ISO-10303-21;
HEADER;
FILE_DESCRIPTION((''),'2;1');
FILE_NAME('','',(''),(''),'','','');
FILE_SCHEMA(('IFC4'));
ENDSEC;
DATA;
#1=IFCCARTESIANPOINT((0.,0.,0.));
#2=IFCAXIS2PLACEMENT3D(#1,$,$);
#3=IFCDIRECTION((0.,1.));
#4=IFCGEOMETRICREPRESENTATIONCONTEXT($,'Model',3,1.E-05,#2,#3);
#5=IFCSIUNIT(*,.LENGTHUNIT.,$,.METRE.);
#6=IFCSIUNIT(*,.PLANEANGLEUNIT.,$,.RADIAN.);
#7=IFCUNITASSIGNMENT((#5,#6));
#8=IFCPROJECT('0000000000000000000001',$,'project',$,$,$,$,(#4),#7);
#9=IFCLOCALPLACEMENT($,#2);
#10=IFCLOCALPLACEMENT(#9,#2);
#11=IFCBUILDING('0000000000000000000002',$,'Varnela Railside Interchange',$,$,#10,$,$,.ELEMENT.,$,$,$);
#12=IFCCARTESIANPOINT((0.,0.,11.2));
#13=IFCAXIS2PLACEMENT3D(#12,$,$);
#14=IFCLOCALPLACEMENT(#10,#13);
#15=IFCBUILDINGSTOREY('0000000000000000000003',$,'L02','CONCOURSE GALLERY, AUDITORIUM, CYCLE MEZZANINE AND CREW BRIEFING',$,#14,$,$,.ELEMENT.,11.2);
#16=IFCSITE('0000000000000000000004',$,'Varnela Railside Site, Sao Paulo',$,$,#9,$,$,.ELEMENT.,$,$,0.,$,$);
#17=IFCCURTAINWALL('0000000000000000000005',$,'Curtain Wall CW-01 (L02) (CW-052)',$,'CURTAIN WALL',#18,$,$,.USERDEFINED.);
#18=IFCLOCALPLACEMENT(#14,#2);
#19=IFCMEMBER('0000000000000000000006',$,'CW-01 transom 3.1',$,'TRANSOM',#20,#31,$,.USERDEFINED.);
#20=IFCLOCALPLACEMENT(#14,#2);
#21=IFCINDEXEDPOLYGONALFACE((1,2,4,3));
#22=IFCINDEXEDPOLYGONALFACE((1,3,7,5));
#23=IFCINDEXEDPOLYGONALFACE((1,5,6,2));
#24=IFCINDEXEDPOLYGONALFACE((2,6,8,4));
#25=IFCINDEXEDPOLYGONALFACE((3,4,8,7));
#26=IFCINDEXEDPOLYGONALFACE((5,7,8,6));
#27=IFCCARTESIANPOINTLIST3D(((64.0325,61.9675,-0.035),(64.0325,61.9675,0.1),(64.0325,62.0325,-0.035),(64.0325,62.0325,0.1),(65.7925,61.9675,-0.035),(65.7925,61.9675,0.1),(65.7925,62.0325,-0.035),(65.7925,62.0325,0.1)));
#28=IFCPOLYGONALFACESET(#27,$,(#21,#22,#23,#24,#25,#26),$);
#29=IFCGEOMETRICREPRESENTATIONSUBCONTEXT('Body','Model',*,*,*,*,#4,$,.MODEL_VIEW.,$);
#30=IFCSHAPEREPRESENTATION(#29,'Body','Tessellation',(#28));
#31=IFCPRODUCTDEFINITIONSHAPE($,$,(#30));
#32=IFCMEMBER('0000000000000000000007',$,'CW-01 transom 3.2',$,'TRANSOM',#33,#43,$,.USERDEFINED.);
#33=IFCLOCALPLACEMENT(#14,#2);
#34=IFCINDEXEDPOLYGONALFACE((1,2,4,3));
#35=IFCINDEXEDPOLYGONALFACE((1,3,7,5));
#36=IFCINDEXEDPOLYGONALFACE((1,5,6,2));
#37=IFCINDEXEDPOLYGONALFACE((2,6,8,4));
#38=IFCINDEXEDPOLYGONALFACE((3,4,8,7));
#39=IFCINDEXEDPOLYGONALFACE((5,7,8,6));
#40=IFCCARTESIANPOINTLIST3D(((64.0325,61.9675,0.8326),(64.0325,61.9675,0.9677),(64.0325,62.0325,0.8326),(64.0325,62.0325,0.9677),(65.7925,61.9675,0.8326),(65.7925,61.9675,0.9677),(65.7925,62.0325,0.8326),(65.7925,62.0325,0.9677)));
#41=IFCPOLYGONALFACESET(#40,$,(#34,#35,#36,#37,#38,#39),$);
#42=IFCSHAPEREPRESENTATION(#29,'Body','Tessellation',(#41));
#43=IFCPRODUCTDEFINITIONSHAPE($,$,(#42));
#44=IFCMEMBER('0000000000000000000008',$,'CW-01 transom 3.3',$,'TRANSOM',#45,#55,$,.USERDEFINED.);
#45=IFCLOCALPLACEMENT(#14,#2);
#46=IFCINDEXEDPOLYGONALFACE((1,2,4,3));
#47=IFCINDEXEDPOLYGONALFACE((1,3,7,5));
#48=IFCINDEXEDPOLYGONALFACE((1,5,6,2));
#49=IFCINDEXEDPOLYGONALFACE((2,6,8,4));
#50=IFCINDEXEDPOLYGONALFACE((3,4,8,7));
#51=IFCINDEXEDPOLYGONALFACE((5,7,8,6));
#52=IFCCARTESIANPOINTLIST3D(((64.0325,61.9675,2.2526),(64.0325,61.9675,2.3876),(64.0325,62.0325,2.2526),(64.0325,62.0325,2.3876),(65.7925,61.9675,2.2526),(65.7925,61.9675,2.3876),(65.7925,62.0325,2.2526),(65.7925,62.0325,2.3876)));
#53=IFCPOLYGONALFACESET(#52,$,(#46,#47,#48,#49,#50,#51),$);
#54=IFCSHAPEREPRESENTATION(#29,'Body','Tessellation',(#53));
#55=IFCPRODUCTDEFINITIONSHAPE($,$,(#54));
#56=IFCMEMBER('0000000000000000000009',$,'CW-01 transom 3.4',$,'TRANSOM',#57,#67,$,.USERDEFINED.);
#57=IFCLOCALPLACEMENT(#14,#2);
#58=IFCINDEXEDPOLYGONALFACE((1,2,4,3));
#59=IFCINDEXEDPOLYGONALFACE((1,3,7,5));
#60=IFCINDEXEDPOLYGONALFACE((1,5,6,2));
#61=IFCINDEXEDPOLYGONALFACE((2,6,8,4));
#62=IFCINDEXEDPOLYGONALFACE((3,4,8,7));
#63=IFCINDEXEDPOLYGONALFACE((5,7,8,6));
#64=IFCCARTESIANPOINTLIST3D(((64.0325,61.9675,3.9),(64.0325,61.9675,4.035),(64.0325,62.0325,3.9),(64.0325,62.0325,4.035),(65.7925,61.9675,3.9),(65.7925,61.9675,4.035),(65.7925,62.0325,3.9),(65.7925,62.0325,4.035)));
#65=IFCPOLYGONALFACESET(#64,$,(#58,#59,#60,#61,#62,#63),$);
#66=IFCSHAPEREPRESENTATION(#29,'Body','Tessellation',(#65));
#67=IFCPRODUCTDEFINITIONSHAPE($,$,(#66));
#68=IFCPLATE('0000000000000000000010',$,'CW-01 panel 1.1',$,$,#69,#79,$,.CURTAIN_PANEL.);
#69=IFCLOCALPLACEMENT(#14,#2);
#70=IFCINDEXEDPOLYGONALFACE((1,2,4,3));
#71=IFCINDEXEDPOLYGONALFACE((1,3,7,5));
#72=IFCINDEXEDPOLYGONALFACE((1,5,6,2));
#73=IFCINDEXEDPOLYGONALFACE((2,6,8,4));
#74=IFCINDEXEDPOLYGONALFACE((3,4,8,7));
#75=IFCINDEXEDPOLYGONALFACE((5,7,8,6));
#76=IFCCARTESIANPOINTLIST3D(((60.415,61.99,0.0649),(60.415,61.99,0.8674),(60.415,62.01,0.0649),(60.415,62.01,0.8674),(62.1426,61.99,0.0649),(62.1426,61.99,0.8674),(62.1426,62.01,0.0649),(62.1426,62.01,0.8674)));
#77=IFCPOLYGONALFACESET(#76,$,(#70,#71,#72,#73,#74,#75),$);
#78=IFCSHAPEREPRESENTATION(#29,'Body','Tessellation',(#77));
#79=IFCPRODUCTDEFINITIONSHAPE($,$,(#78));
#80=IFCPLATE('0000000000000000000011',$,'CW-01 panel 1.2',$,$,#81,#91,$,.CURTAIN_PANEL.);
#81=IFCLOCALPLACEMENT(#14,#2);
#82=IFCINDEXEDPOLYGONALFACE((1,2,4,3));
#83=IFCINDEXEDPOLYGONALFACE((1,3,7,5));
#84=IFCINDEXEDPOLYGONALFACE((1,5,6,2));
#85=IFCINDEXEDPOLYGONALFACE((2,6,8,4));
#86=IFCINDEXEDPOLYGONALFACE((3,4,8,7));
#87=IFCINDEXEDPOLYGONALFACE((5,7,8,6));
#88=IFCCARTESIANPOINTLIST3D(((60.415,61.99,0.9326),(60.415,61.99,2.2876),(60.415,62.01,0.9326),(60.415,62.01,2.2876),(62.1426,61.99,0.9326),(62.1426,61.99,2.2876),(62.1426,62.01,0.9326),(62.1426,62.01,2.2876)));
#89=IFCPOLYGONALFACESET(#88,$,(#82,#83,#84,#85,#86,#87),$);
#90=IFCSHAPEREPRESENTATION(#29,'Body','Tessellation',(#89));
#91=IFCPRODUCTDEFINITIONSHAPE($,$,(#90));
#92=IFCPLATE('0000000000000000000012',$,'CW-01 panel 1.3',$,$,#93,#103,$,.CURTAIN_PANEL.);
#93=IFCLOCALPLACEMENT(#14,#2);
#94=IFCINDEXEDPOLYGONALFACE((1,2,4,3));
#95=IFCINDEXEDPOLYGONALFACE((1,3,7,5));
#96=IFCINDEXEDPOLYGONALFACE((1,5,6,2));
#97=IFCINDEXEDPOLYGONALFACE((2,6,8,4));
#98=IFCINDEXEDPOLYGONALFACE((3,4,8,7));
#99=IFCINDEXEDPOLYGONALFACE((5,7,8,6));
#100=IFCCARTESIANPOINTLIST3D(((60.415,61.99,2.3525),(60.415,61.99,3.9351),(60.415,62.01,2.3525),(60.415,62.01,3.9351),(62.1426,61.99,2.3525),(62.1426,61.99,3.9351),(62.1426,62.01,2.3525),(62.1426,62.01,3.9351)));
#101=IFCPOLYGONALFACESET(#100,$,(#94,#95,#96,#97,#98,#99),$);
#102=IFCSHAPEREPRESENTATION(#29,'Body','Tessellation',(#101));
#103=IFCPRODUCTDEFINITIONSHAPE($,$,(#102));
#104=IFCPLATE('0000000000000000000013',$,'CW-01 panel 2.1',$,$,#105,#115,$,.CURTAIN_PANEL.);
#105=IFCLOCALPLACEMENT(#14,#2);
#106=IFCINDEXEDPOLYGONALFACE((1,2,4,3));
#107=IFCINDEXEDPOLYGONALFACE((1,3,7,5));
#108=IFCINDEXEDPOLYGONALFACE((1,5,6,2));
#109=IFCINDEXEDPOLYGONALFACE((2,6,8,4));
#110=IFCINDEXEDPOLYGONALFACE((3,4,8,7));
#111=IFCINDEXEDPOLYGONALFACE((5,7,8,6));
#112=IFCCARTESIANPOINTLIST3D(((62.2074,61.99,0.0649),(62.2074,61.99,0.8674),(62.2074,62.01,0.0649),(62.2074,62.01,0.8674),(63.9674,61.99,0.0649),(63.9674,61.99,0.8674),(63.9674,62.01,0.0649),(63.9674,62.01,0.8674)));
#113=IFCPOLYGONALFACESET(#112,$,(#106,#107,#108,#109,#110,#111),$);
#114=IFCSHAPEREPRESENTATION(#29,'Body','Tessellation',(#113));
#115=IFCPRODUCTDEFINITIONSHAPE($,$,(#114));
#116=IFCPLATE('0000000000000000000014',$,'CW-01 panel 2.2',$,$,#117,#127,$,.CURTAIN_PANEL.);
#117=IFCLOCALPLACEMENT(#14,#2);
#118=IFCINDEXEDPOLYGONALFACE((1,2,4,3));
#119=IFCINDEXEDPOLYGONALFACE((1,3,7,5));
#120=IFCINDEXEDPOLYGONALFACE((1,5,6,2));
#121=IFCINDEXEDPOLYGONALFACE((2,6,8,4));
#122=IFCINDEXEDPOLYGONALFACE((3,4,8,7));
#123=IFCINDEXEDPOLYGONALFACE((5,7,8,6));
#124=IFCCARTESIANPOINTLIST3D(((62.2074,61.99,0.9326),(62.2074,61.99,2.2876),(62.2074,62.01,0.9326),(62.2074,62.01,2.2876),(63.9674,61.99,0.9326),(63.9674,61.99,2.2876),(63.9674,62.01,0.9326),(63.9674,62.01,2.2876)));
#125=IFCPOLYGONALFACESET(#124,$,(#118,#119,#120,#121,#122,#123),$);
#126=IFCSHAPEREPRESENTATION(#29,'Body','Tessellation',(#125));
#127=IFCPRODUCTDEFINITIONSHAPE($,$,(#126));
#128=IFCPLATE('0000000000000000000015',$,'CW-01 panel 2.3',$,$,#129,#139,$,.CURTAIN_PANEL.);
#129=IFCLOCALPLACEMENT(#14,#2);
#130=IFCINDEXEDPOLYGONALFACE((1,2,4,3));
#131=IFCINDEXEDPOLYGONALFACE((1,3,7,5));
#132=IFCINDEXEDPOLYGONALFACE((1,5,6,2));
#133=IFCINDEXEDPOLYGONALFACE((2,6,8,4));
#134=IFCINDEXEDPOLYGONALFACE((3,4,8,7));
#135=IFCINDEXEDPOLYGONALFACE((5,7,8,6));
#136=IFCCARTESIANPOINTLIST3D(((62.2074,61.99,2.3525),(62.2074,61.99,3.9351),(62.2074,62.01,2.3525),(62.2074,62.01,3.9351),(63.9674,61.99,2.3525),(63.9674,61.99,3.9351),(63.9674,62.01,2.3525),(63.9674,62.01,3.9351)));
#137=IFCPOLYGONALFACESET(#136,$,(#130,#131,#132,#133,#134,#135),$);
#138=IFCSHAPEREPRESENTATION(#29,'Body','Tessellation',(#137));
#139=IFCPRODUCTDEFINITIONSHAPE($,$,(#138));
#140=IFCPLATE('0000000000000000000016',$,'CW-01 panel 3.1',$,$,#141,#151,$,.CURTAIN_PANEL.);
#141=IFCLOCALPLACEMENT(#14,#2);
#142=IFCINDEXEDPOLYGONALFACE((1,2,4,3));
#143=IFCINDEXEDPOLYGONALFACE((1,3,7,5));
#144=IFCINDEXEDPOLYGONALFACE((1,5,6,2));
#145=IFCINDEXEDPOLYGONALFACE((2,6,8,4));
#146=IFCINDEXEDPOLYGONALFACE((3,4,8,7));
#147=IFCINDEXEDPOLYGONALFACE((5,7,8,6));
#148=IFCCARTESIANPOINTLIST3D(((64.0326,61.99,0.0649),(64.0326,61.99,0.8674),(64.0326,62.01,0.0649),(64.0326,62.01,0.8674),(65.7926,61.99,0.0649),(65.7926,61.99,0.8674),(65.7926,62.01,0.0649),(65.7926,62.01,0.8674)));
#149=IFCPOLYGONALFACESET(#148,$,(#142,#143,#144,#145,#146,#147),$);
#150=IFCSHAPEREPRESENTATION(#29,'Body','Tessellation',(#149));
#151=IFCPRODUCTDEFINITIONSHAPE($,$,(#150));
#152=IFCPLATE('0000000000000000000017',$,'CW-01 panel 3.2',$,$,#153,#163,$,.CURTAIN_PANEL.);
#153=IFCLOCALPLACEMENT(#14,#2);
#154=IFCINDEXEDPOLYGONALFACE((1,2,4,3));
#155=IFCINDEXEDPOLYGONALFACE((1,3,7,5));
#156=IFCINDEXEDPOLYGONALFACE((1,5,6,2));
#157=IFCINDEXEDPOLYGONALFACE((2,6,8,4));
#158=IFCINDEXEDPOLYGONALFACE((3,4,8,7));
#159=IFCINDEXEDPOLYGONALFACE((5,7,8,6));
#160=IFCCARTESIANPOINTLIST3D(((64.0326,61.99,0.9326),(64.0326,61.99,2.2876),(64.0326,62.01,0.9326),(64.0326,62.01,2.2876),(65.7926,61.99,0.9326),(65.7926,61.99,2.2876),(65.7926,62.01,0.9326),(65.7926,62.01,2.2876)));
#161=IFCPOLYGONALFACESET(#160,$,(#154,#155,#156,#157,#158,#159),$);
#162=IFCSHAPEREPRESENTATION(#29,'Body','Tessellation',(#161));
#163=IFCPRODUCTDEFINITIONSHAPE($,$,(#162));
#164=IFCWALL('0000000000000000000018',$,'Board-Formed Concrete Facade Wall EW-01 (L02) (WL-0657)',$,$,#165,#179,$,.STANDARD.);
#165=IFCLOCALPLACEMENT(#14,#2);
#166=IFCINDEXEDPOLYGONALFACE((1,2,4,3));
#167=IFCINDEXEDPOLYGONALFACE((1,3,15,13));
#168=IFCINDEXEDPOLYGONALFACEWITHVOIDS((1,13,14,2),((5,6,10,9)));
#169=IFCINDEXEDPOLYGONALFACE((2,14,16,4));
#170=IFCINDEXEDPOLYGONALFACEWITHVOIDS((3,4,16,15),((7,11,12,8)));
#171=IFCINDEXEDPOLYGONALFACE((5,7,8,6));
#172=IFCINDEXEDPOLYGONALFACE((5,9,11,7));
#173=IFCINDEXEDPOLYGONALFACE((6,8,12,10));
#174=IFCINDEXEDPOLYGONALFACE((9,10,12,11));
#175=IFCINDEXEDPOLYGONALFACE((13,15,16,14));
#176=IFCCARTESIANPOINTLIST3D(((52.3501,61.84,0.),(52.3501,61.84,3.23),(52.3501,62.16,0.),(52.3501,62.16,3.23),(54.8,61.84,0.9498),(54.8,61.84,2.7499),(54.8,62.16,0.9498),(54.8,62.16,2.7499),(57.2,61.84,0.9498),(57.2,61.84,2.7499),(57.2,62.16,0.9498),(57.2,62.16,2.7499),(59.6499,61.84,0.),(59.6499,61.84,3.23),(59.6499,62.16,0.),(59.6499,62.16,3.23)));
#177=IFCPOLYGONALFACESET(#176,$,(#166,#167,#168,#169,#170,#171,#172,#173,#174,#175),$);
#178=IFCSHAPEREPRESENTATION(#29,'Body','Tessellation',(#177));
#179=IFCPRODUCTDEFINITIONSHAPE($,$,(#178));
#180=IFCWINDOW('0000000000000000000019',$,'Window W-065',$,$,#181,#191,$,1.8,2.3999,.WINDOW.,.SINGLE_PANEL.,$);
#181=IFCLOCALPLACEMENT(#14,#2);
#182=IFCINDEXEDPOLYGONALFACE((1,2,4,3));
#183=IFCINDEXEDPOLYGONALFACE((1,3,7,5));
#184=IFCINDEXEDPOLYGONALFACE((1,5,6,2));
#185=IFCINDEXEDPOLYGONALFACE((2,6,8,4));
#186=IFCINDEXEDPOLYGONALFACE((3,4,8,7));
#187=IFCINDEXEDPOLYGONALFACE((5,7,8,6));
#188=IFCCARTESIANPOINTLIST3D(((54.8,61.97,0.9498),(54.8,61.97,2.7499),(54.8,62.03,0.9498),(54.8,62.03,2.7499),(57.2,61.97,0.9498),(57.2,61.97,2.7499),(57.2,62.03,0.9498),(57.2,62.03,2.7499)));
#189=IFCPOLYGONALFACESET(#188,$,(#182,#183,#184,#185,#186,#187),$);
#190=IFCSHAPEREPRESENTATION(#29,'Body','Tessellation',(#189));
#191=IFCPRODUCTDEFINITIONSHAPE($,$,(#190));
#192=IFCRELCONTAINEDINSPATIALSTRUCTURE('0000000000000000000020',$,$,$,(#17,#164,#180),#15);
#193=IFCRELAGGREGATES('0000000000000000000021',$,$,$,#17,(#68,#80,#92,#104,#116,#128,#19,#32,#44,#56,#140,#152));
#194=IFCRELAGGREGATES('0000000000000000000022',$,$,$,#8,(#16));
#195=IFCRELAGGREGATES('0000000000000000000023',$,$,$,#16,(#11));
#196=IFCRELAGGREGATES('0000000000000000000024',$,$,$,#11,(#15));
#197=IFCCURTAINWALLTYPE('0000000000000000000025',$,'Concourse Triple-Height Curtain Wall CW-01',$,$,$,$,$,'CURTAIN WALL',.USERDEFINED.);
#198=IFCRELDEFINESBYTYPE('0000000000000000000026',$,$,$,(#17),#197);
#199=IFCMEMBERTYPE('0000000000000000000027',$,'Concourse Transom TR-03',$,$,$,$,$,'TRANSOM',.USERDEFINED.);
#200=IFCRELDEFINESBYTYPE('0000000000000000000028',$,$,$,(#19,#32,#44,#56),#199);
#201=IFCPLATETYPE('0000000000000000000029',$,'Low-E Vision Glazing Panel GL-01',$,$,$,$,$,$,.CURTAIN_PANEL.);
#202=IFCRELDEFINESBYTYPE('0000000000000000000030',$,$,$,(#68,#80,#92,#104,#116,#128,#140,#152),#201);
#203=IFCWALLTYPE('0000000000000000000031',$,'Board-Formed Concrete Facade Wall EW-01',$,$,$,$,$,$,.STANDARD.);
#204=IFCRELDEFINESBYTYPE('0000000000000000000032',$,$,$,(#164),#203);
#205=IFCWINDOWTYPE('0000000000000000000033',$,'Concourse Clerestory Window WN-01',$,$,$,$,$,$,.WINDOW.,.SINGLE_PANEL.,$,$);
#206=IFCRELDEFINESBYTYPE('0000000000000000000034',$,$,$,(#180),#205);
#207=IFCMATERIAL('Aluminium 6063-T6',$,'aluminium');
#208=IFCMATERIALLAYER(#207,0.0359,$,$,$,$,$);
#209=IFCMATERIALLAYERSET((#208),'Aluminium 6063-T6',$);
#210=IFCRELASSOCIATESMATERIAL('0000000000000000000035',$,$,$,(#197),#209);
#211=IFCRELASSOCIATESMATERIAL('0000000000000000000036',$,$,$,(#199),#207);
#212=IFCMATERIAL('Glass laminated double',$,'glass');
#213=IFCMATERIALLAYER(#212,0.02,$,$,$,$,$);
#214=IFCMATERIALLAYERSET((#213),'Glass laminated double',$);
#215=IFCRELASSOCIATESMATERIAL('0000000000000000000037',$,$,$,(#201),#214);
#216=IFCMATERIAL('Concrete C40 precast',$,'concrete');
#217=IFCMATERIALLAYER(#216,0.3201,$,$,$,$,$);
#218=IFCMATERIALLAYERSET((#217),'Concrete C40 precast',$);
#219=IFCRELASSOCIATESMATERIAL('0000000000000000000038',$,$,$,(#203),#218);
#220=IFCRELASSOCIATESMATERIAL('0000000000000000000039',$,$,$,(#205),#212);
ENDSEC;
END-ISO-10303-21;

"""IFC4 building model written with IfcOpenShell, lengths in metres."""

from ifc_helpers import new_model, si_unit, direction, frame, frame_2d, origin, origin_2d, place, context, subcontext, project, spatial, rectangle, extrude, material, layer, layer_set, material_profile, profile_set, type_object, element, fill, aggregate, save


model = new_model("IFC4")

# Units and contexts
model_context = context("Model", 3, precision=1e-05, world=origin(), true_north=direction((0.0, 1.0)))
body_context = subcontext(model_context, "Body", "Model", "MODEL_VIEW")
ifc_project = project(units=[si_unit("LENGTHUNIT", "METRE"), si_unit("PLANEANGLEUNIT", "RADIAN")], contexts=[model_context])

# Site, building, storey
site_placement = place(None, origin())
site = spatial("IfcSite", under=ifc_project, at=site_placement, Name="Varnela Railside Site, Sao Paulo", CompositionType="ELEMENT", RefElevation=0.0)
building_placement = place(site_placement, origin())
building = spatial("IfcBuilding", under=site, at=building_placement, Name="Varnela Railside Interchange", CompositionType="ELEMENT")
storey_placement = place(building_placement, frame((0.0, 0.0, 11.2)))
storey = spatial("IfcBuildingStorey", under=building, at=storey_placement, Name="L02", Description="CONCOURSE GALLERY, AUDITORIUM, CYCLE MEZZANINE AND CREW BRIEFING", CompositionType="ELEMENT", Elevation=11.2)

# Curtain wall, members, plates
ifc_material_1 = material(Name="Aluminium 6063-T6", Category="aluminium")
ifc_layer_1 = layer(ifc_material_1, 0.0359)
ifc_layer_set_1 = layer_set([ifc_layer_1], Name="Aluminium 6063-T6")
curtain_wall_type = type_object("IfcCurtainWallType", Name="Concourse Triple-Height Curtain Wall CW-01", ElementType="CURTAIN WALL", PredefinedType="USERDEFINED", material=ifc_layer_set_1)
curtain_wall_placement = place(storey_placement, origin())
curtain_wall = element("IfcCurtainWall", 1, at=curtain_wall_placement, inside=storey, type_object=curtain_wall_type, Name="Curtain Wall CW-01 (L02) (CW-052)", ObjectType="CURTAIN WALL", PredefinedType="USERDEFINED")
ifc_material_profile_1 = material_profile(ifc_material_1, rectangle(XDim=0.0649, YDim=0.135, at=origin_2d()), Name="ALU 65x135")
ifc_profile_set_1 = profile_set([ifc_material_profile_1], Name="Aluminium 6063-T6")
member_type_1 = type_object("IfcMemberType", Name="Concourse Transom TR-03", ElementType="TRANSOM", PredefinedType="USERDEFINED", material=ifc_profile_set_1)
member_1_placement = place(storey_placement, frame((64.0325, 62.0, 0.0325), z_axis=(1.0, 0.0, 0.0), x_axis=(0.0, 1.0, 0.0)))
member_1 = element("IfcMember", 2, at=member_1_placement, type_object=member_type_1, Name="CW-01 transom 3.1", ObjectType="TRANSOM", PredefinedType="USERDEFINED", context=body_context, shape_type="SweptSolid", body=[
    extrude(rectangle(XDim=0.0649, YDim=0.135, at=origin_2d()), origin(), (0.0, 0.0, 1.0), 1.76),
])
member_2_placement = place(storey_placement, frame((64.0325, 62.0, 0.9001), z_axis=(1.0, 0.0, 0.0), x_axis=(0.0, 1.0, 0.0)))
member_2 = element("IfcMember", 3, at=member_2_placement, type_object=member_type_1, Name="CW-01 transom 3.2", ObjectType="TRANSOM", PredefinedType="USERDEFINED", context=body_context, shape_type="SweptSolid", body=[
    extrude(rectangle(XDim=0.0649, YDim=0.135, at=origin_2d()), origin(), (0.0, 0.0, 1.0), 1.76),
])
member_3_placement = place(storey_placement, frame((64.0325, 62.0, 2.3201), z_axis=(1.0, 0.0, 0.0), x_axis=(0.0, 1.0, 0.0)))
member_3 = element("IfcMember", 4, at=member_3_placement, type_object=member_type_1, Name="CW-01 transom 3.3", ObjectType="TRANSOM", PredefinedType="USERDEFINED", context=body_context, shape_type="SweptSolid", body=[
    extrude(rectangle(XDim=0.0649, YDim=0.135, at=origin_2d()), origin(), (0.0, 0.0, 1.0), 1.76),
])
member_4_placement = place(storey_placement, frame((64.0325, 62.0, 3.9675), z_axis=(1.0, 0.0, 0.0), x_axis=(0.0, 1.0, 0.0)))
member_4 = element("IfcMember", 5, at=member_4_placement, type_object=member_type_1, Name="CW-01 transom 3.4", ObjectType="TRANSOM", PredefinedType="USERDEFINED", context=body_context, shape_type="SweptSolid", body=[
    extrude(rectangle(XDim=0.0649, YDim=0.135, at=origin_2d()), origin(), (0.0, 0.0, 1.0), 1.76),
])
ifc_material_2 = material(Name="Glass laminated double", Category="glass")
ifc_layer_2 = layer(ifc_material_2, 0.02)
ifc_layer_set_2 = layer_set([ifc_layer_2], Name="Glass laminated double")
plate_type = type_object("IfcPlateType", Name="Low-E Vision Glazing Panel GL-01", PredefinedType="CURTAIN_PANEL", material=ifc_layer_set_2)
plate_1_placement = place(storey_placement, frame((61.2788, 62.0, 0.0649), z_axis=(0.0, 0.0, 1.0), x_axis=(1.0, 0.0, 0.0)))
plate_1 = element("IfcPlate", 6, at=plate_1_placement, type_object=plate_type, Name="CW-01 panel 1.1", PredefinedType="CURTAIN_PANEL", context=body_context, shape_type="SweptSolid", body=[
    extrude(rectangle(XDim=1.7275, YDim=0.02, at=origin_2d()), origin(), (0.0, 0.0, 1.0), 0.8025),
])
plate_2_placement = place(storey_placement, frame((61.2788, 62.0, 0.9326), z_axis=(0.0, 0.0, 1.0), x_axis=(1.0, 0.0, 0.0)))
plate_2 = element("IfcPlate", 7, at=plate_2_placement, type_object=plate_type, Name="CW-01 panel 1.2", PredefinedType="CURTAIN_PANEL", context=body_context, shape_type="SweptSolid", body=[
    extrude(rectangle(XDim=1.7275, YDim=0.02, at=origin_2d()), origin(), (0.0, 0.0, 1.0), 1.355),
])
plate_3_placement = place(storey_placement, frame((61.2788, 62.0, 2.3525), z_axis=(0.0, 0.0, 1.0), x_axis=(1.0, 0.0, 0.0)))
plate_3 = element("IfcPlate", 8, at=plate_3_placement, type_object=plate_type, Name="CW-01 panel 1.3", PredefinedType="CURTAIN_PANEL", context=body_context, shape_type="SweptSolid", body=[
    extrude(rectangle(XDim=1.7275, YDim=0.02, at=origin_2d()), origin(), (0.0, 0.0, 1.0), 1.5825),
])
plate_4_placement = place(storey_placement, frame((63.0874, 62.0, 0.0649), z_axis=(0.0, 0.0, 1.0), x_axis=(1.0, 0.0, 0.0)))
plate_4 = element("IfcPlate", 9, at=plate_4_placement, type_object=plate_type, Name="CW-01 panel 2.1", PredefinedType="CURTAIN_PANEL", context=body_context, shape_type="SweptSolid", body=[
    extrude(rectangle(XDim=1.76, YDim=0.02, at=origin_2d()), origin(), (0.0, 0.0, 1.0), 0.8025),
])
plate_5_placement = place(storey_placement, frame((63.0874, 62.0, 0.9326), z_axis=(0.0, 0.0, 1.0), x_axis=(1.0, 0.0, 0.0)))
plate_5 = element("IfcPlate", 10, at=plate_5_placement, type_object=plate_type, Name="CW-01 panel 2.2", PredefinedType="CURTAIN_PANEL", context=body_context, shape_type="SweptSolid", body=[
    extrude(rectangle(XDim=1.76, YDim=0.02, at=origin_2d()), origin(), (0.0, 0.0, 1.0), 1.355),
])
plate_6_placement = place(storey_placement, frame((63.0874, 62.0, 2.3525), z_axis=(0.0, 0.0, 1.0), x_axis=(1.0, 0.0, 0.0)))
plate_6 = element("IfcPlate", 11, at=plate_6_placement, type_object=plate_type, Name="CW-01 panel 2.3", PredefinedType="CURTAIN_PANEL", context=body_context, shape_type="SweptSolid", body=[
    extrude(rectangle(XDim=1.76, YDim=0.02, at=origin_2d()), origin(), (0.0, 0.0, 1.0), 1.5825),
])
plate_7_placement = place(storey_placement, frame((64.9126, 62.0, 0.0649), z_axis=(0.0, 0.0, 1.0), x_axis=(1.0, 0.0, 0.0)))
plate_7 = element("IfcPlate", 12, at=plate_7_placement, type_object=plate_type, Name="CW-01 panel 3.1", PredefinedType="CURTAIN_PANEL", context=body_context, shape_type="SweptSolid", body=[
    extrude(rectangle(XDim=1.76, YDim=0.02, at=origin_2d()), origin(), (0.0, 0.0, 1.0), 0.8025),
])
plate_8_placement = place(storey_placement, frame((64.9126, 62.0, 0.9326), z_axis=(0.0, 0.0, 1.0), x_axis=(1.0, 0.0, 0.0)))
plate_8 = element("IfcPlate", 13, at=plate_8_placement, type_object=plate_type, Name="CW-01 panel 3.2", PredefinedType="CURTAIN_PANEL", context=body_context, shape_type="SweptSolid", body=[
    extrude(rectangle(XDim=1.76, YDim=0.02, at=origin_2d()), origin(), (0.0, 0.0, 1.0), 1.355),
])
aggregate(curtain_wall, [plate_1, plate_2, plate_3, plate_4, plate_5, plate_6, member_1, member_2, member_3, member_4, plate_7, plate_8])

# Wall, opening, window
ifc_material_3 = material(Name="Concrete C40 precast", Category="concrete")
ifc_layer_3 = layer(ifc_material_3, 0.3201)
ifc_layer_set_3 = layer_set([ifc_layer_3], Name="Concrete C40 precast")
wall_type = type_object("IfcWallType", Name="Board-Formed Concrete Facade Wall EW-01", PredefinedType="STANDARD", material=ifc_layer_set_3)
wall_placement = place(storey_placement, frame((52.3501, 62.0, 0.0), z_axis=(0.0, 0.0, 1.0), x_axis=(1.0, 0.0, 0.0)))
wall = element("IfcWall", 14, at=wall_placement, inside=storey, type_object=wall_type, Name="Board-Formed Concrete Facade Wall EW-01 (L02) (WL-0657)", PredefinedType="STANDARD", context=body_context, shape_type="SweptSolid", body=[
    extrude(rectangle(XDim=7.2998, YDim=0.3201, at=frame_2d((3.6499, 0.0))), origin(), (0.0, 0.0, 1.0), 3.23),
])
opening_placement = place(wall_placement, frame((2.45, 0.0, 0.95)))
opening = element("IfcOpeningElement", 15, at=opening_placement, cuts=wall, PredefinedType="OPENING", context=body_context, shape_type="SweptSolid", body=[
    extrude(rectangle(XDim=2.3999, YDim=1.8, at=frame_2d((1.2, 0.8999))), frame((0.0, 0.1699, 0.0), z_axis=(0.0, -1.0, 0.0), x_axis=(1.0, 0.0, 0.0)), (0.0, 0.0, 1.0), 0.3401),
])
window_type = type_object("IfcWindowType", Name="Concourse Clerestory Window WN-01", PartitioningType="SINGLE_PANEL", PredefinedType="WINDOW", material=ifc_material_2)
window_placement = place(opening_placement, origin())
window = element("IfcWindow", 16, at=window_placement, inside=storey, type_object=window_type, Name="Window W-065", OverallHeight=1.8, OverallWidth=2.3999, PartitioningType="SINGLE_PANEL", PredefinedType="WINDOW", context=body_context, shape_type="SweptSolid", body=[
    extrude(rectangle(XDim=2.3999, YDim=1.8, at=frame_2d((1.2, 0.8999))), frame((0.0, 0.03, 0.0), z_axis=(0.0, -1.0, 0.0), x_axis=(1.0, 0.0, 0.0)), (0.0, 0.0, 1.0), 0.0601),
])
fill(opening, window)

save(model, "model.ifc")
